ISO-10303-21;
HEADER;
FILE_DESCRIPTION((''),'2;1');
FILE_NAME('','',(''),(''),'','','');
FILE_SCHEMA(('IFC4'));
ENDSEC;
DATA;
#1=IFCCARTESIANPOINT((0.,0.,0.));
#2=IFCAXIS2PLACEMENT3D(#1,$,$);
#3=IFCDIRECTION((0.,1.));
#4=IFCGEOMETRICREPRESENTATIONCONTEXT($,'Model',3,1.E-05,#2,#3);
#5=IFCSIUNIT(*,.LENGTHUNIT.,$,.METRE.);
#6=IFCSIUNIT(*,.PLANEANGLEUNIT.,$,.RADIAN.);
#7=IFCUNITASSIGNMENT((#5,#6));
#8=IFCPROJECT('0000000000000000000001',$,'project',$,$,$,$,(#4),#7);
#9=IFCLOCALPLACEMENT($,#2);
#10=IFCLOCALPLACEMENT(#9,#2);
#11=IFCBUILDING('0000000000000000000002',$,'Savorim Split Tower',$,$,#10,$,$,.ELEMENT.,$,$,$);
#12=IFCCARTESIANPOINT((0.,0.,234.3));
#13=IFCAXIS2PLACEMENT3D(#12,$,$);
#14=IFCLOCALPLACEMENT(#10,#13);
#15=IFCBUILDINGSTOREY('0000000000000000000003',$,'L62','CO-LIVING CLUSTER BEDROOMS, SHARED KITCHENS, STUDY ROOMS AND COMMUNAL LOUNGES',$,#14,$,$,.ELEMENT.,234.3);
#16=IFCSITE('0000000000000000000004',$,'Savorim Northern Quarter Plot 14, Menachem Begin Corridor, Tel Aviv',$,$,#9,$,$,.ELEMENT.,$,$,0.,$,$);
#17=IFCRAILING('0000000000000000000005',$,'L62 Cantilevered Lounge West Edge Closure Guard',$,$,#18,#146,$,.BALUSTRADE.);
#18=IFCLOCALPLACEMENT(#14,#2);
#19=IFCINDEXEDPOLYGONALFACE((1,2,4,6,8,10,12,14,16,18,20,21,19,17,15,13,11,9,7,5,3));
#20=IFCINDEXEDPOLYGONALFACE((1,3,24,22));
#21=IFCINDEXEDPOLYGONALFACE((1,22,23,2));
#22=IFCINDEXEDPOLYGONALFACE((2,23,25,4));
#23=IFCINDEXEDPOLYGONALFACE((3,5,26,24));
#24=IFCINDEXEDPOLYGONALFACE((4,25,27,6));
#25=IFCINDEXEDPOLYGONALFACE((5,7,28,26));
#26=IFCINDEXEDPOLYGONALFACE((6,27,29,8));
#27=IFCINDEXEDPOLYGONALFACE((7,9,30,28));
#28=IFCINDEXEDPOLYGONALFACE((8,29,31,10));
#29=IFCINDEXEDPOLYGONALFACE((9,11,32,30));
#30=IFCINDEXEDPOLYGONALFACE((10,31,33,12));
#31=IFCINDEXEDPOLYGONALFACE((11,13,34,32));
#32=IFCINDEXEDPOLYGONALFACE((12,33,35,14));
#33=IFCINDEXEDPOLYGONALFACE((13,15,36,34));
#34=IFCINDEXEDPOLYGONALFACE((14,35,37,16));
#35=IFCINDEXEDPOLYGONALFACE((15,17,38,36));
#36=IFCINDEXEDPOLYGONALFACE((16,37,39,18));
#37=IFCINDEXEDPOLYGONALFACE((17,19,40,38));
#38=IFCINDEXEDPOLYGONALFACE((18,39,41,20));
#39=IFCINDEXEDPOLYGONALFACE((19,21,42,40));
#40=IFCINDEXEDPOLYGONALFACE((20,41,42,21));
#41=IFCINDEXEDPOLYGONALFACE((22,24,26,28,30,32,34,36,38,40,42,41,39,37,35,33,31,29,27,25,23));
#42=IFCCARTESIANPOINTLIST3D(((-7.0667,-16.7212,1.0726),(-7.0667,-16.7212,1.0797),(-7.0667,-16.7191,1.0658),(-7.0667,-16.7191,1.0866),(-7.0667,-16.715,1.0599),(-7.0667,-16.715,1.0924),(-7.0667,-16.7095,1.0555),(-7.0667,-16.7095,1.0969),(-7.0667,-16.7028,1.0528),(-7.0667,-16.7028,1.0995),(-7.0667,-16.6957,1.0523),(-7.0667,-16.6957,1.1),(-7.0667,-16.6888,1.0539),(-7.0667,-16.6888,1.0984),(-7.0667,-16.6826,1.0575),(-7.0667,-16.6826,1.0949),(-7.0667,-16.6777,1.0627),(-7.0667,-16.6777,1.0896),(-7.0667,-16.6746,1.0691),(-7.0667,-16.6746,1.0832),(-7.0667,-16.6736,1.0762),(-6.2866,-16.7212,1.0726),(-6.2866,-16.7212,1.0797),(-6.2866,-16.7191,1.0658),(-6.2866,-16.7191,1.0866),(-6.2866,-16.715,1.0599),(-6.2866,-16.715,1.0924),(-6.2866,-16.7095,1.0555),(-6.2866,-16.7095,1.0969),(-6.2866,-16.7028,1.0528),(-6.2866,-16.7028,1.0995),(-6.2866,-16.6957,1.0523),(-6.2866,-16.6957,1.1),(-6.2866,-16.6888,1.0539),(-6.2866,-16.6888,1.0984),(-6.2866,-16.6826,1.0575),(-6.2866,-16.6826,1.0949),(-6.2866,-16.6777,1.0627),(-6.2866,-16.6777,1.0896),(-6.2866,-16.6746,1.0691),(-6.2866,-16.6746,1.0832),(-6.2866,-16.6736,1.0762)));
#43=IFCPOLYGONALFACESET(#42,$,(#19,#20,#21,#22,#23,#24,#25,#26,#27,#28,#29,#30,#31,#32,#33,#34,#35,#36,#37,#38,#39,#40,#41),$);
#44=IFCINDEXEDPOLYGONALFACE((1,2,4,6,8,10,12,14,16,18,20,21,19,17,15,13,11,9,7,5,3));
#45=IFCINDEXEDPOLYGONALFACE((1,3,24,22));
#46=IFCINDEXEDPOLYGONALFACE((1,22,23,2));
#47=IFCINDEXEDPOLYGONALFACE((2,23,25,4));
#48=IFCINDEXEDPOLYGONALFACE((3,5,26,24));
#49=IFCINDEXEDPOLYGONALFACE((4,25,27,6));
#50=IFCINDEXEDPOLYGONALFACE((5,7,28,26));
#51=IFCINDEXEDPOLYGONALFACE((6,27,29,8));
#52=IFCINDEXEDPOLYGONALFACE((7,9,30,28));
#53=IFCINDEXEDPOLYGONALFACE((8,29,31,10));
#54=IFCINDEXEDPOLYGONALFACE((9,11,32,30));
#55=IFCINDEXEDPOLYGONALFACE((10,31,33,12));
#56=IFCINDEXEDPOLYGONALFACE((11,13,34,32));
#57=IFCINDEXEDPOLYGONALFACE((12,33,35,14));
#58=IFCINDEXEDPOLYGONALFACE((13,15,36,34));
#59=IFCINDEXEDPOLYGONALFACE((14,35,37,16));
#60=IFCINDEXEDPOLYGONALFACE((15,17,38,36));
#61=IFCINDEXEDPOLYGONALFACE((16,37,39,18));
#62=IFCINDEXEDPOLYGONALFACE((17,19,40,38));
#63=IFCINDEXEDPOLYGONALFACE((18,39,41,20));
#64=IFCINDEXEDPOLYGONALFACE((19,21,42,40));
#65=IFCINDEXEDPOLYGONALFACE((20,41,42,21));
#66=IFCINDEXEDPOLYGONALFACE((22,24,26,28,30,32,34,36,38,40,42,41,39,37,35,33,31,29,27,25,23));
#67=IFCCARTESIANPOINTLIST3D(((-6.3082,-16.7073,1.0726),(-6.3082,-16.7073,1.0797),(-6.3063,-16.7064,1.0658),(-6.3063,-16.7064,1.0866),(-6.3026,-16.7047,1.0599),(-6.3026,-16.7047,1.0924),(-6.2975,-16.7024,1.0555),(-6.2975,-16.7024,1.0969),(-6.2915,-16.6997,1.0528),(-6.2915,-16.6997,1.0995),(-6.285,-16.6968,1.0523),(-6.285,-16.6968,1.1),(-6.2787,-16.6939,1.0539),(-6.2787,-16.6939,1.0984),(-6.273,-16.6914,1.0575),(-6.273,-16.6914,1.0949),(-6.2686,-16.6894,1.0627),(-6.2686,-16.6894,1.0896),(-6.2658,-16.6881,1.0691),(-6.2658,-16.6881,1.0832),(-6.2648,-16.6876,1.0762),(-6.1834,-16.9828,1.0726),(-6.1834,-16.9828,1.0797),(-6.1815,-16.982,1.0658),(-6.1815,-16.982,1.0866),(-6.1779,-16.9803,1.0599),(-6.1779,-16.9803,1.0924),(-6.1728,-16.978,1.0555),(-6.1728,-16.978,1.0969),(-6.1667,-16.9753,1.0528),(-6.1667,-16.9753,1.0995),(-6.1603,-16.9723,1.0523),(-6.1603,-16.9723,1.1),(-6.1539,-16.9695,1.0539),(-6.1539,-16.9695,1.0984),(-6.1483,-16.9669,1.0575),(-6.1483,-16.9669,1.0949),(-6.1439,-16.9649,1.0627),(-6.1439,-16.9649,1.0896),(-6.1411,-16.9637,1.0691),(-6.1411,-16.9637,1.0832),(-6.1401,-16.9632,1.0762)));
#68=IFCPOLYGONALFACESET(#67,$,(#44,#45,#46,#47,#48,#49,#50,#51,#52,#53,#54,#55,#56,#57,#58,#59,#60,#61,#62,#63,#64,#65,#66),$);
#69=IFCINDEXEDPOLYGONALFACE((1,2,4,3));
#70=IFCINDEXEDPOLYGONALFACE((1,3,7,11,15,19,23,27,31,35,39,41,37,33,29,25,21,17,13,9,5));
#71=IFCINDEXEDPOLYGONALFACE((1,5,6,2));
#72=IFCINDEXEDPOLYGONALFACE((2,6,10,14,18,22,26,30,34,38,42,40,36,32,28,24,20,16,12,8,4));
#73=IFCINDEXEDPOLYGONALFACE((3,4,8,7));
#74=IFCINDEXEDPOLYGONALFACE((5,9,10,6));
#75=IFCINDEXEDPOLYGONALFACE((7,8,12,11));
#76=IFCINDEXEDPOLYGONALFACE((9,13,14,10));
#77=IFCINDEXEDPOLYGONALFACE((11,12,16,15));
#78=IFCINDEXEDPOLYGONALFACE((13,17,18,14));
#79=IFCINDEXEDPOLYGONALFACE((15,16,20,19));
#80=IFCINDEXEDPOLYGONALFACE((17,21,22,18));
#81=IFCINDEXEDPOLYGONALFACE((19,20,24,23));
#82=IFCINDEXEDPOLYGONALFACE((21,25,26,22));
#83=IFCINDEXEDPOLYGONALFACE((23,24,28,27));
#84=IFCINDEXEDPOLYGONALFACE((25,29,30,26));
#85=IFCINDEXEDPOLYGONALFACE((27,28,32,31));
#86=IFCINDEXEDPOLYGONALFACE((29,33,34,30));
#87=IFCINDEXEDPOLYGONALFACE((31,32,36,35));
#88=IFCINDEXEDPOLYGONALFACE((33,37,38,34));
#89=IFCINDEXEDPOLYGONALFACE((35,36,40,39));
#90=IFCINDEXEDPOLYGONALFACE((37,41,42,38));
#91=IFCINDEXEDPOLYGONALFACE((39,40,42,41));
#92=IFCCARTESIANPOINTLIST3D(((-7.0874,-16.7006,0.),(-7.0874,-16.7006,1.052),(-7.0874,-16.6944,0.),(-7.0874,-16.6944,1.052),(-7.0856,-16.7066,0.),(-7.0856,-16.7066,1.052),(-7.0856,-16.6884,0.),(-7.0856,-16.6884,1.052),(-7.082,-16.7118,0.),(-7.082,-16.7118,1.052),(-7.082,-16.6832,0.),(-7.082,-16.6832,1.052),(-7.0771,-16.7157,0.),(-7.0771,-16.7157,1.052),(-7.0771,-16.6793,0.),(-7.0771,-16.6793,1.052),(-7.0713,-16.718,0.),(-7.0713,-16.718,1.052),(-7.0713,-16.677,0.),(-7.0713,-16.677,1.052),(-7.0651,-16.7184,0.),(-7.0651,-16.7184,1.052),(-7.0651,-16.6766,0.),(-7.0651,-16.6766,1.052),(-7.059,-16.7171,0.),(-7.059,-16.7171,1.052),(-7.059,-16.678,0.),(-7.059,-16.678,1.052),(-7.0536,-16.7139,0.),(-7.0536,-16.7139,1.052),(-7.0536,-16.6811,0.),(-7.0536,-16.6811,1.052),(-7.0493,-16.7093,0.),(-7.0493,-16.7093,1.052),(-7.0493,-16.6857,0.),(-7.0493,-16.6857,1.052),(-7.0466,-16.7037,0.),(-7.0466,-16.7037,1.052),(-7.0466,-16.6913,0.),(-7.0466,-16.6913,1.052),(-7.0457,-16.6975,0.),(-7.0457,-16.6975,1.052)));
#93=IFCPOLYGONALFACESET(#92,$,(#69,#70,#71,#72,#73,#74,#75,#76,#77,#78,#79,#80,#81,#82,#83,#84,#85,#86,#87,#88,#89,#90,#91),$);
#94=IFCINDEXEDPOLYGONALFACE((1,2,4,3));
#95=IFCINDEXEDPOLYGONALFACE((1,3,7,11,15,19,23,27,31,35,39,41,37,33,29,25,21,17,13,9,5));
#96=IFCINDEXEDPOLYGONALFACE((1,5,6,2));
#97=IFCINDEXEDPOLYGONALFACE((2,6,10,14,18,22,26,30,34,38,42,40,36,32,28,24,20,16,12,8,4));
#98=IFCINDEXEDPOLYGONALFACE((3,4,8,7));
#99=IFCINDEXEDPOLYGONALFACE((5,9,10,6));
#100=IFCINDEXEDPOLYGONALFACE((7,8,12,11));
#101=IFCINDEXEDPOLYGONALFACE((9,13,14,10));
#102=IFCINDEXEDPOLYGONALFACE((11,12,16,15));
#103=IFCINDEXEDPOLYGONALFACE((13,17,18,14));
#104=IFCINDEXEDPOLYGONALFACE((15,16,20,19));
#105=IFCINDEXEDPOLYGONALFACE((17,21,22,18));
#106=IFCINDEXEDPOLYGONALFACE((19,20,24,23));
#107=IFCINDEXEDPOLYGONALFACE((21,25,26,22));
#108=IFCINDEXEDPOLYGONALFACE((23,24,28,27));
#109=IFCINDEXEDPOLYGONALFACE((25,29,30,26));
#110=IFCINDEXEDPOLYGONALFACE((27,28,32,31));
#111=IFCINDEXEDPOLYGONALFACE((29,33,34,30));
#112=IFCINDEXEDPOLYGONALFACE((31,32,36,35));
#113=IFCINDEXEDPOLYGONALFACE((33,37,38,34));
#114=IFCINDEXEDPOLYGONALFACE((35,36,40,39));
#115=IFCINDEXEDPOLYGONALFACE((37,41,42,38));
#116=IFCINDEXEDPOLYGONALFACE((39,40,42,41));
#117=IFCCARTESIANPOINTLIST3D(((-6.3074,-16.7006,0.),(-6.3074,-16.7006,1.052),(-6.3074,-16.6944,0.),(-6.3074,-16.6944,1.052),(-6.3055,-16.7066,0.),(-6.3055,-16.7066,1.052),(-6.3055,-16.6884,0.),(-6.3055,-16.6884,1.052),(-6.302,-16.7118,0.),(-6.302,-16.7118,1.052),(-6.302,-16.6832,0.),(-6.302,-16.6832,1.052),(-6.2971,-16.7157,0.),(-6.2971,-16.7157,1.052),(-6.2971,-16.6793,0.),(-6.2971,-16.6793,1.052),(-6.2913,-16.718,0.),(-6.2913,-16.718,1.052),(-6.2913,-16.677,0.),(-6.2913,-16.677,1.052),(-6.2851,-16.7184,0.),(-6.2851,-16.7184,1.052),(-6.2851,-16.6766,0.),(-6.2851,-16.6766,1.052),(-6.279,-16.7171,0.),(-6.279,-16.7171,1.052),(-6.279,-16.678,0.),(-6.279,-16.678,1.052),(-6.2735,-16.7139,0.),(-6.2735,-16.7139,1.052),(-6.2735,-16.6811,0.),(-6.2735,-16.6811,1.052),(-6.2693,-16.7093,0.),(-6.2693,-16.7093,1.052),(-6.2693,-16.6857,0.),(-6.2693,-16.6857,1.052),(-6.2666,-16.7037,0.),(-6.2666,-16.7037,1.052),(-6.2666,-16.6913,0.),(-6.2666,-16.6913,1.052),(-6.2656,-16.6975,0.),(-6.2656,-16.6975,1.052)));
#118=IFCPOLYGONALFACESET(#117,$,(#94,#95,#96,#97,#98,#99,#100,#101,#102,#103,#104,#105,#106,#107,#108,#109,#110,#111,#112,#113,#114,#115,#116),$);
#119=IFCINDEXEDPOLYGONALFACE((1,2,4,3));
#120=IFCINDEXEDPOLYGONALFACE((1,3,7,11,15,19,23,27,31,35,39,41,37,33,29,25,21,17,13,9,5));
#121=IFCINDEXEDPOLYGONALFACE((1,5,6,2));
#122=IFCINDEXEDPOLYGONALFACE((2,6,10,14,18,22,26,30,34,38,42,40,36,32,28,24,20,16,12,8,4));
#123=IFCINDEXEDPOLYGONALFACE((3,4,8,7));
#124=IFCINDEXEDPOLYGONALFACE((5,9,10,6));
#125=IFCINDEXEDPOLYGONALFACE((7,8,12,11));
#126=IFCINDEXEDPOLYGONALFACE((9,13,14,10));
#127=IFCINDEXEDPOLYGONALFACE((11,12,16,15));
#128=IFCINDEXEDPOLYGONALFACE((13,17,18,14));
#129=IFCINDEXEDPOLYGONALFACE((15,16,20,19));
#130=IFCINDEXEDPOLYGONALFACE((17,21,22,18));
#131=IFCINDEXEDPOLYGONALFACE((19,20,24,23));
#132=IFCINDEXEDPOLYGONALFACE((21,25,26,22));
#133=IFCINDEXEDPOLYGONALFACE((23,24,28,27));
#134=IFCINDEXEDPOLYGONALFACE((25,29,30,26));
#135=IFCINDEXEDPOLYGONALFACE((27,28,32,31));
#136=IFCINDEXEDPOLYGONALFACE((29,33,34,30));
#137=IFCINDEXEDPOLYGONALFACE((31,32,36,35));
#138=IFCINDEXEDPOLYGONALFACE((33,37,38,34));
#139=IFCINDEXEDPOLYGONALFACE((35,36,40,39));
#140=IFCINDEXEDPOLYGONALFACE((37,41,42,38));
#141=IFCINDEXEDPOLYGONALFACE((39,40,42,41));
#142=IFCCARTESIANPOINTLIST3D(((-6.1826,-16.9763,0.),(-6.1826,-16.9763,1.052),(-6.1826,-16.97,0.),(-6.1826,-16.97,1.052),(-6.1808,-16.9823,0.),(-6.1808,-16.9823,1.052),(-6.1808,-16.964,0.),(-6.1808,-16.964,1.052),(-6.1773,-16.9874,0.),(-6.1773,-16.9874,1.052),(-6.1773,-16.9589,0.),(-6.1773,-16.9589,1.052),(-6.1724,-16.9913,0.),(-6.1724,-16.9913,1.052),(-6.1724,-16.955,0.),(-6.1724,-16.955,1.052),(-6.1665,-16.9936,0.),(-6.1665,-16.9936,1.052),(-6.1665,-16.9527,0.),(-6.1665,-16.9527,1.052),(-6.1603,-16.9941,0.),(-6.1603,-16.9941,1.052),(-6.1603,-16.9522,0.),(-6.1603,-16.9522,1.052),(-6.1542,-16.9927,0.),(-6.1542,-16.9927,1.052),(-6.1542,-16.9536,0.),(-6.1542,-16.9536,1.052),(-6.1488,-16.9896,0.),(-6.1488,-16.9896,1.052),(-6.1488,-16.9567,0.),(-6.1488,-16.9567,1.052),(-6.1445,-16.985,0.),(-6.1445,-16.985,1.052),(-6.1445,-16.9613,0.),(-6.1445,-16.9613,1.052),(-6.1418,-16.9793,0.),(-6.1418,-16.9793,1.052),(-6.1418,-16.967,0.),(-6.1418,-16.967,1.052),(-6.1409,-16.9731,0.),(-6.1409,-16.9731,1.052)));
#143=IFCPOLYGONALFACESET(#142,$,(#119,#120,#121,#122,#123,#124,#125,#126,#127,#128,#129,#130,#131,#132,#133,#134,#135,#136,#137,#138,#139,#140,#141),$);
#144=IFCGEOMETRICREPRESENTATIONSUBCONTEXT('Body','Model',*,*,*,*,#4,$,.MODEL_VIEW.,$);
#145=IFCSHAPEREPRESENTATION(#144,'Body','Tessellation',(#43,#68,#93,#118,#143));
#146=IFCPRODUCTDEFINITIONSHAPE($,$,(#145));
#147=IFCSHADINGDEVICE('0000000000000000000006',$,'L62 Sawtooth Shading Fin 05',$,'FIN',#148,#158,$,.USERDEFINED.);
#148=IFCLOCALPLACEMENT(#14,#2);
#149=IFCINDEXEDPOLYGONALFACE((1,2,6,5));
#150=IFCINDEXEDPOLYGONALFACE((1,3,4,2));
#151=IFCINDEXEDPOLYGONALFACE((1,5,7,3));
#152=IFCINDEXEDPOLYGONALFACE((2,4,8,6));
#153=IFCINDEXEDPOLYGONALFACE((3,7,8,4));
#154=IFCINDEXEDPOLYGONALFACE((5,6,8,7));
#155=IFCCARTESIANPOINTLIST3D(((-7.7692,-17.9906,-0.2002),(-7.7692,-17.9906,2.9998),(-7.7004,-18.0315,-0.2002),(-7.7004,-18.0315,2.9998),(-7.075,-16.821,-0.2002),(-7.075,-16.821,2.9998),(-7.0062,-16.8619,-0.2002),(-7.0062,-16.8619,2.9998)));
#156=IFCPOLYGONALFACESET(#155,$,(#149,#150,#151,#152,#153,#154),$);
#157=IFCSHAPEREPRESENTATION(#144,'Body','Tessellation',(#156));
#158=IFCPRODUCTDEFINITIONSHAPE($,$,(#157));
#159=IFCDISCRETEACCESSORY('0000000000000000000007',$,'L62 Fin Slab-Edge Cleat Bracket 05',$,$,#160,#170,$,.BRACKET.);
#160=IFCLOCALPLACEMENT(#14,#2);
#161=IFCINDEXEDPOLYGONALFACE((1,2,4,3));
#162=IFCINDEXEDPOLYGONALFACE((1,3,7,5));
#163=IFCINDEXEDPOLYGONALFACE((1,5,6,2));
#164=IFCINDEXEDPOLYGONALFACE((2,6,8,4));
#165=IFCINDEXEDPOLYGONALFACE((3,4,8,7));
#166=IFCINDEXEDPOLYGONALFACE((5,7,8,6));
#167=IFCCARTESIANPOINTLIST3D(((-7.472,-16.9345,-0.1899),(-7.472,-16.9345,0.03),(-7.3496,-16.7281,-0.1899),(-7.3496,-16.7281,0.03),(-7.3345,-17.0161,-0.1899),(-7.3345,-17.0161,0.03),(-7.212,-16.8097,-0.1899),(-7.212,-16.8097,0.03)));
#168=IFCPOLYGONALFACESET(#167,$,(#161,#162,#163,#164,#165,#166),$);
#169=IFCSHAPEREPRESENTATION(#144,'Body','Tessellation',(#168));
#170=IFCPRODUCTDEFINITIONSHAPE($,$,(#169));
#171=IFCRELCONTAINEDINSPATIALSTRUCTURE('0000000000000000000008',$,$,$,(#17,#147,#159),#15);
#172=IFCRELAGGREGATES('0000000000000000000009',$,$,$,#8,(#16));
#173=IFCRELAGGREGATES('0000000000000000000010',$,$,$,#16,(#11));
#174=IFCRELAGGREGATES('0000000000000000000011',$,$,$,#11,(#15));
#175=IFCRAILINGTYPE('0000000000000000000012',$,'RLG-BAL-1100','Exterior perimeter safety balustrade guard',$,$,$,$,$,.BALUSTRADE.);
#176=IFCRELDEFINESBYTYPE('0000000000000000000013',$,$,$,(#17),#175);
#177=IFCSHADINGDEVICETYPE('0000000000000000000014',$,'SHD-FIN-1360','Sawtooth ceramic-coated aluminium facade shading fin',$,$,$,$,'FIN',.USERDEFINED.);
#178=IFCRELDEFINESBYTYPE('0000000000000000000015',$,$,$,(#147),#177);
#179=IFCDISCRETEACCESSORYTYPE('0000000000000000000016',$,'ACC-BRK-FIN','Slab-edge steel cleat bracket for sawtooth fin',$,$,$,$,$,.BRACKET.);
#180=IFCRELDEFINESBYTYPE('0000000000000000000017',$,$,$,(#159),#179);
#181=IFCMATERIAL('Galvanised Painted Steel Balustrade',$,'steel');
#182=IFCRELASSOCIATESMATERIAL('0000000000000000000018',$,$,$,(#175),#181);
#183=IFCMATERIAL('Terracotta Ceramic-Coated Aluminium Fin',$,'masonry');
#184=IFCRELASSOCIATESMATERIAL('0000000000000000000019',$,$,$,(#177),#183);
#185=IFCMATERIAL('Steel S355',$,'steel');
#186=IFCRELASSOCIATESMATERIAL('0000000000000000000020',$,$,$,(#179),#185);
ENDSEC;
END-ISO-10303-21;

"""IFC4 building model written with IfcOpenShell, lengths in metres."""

from ifc_helpers import new_model, si_unit, direction, frame, origin, origin_2d, place, context, subcontext, project, spatial, rectangle, circle, extrude, material, type_object, element, save


model = new_model("IFC4")

# Units and contexts
model_context = context("Model", 3, precision=1e-05, world=origin(), true_north=direction((0.0, 1.0)))
body_context = subcontext(model_context, "Body", "Model", "MODEL_VIEW")
ifc_project = project(units=[si_unit("LENGTHUNIT", "METRE"), si_unit("PLANEANGLEUNIT", "RADIAN")], contexts=[model_context])

# Site, building, storey
site_placement = place(None, origin())
site = spatial("IfcSite", under=ifc_project, at=site_placement, Name="Savorim Northern Quarter Plot 14, Menachem Begin Corridor, Tel Aviv", CompositionType="ELEMENT", RefElevation=0.0)
building_placement = place(site_placement, origin())
building = spatial("IfcBuilding", under=site, at=building_placement, Name="Savorim Split Tower", CompositionType="ELEMENT")
storey_placement = place(building_placement, frame((0.0, 0.0, 234.3)))
storey = spatial("IfcBuildingStorey", under=building, at=storey_placement, Name="L62", Description="CO-LIVING CLUSTER BEDROOMS, SHARED KITCHENS, STUDY ROOMS AND COMMUNAL LOUNGES", CompositionType="ELEMENT", Elevation=234.3)

# Shared definitions
ifc_material_1 = material(Name="Steel S355", Category="steel")

# Railing
ifc_material_2 = material(Name="Galvanised Painted Steel Balustrade", Category="steel")
railing_type = type_object("IfcRailingType", Name="RLG-BAL-1100", Description="Exterior perimeter safety balustrade guard", PredefinedType="BALUSTRADE", material=ifc_material_2)
railing_placement = place(storey_placement, frame((-7.0667, -16.6975, 0.0)))
element("IfcRailing", 1, at=railing_placement, inside=storey, type_object=railing_type, Name="L62 Cantilevered Lounge West Edge Closure Guard", PredefinedType="BALUSTRADE", context=body_context, shape_type="SweptSolid", body=[
    extrude(circle(Radius=0.0239, at=origin_2d()), frame((0.0, 0.0, 1.0762), z_axis=(1.0, 0.0, 0.0), x_axis=(0.0, 1.0, 0.0)), (0.0, 0.0, 1.0), 0.78),
    extrude(circle(Radius=0.0239, at=origin_2d()), frame((0.78, 0.0, 1.0762), z_axis=(0.412343, -0.911029, 0.0), x_axis=(0.911029, 0.412343, 0.0)), (0.0, 0.0, 1.0), 0.3025),
    extrude(circle(Radius=0.021, at=origin_2d()), origin(), (0.0, 0.0, 1.0), 1.052),
    extrude(circle(Radius=0.021, at=origin_2d()), frame((0.78, 0.0, 0.0)), (0.0, 0.0, 1.0), 1.052),
    extrude(circle(Radius=0.021, at=origin_2d()), frame((0.9048, -0.2756, 0.0)), (0.0, 0.0, 1.0), 1.052),
])

# Shading device
ifc_material_3 = material(Name="Terracotta Ceramic-Coated Aluminium Fin", Category="masonry")
shading_device_type = type_object("IfcShadingDeviceType", Name="SHD-FIN-1360", Description="Sawtooth ceramic-coated aluminium facade shading fin", ElementType="FIN", PredefinedType="USERDEFINED", material=ifc_material_3)
shading_device_placement = place(storey_placement, frame((-7.3877, -17.4263, -0.2002), z_axis=(0.0, 0.0, 1.0), x_axis=(-0.510391, -0.859942, 0.0)))
element("IfcShadingDevice", 2, at=shading_device_placement, inside=storey, type_object=shading_device_type, Name="L62 Sawtooth Shading Fin 05", ObjectType="FIN", PredefinedType="USERDEFINED", context=body_context, shape_type="SweptSolid", body=[
    extrude(rectangle(XDim=1.3601, YDim=0.0801, at=origin_2d()), origin(), (0.0, 0.0, 1.0), 3.2),
])

# Discrete accessory
discrete_accessory_type = type_object("IfcDiscreteAccessoryType", Name="ACC-BRK-FIN", Description="Slab-edge steel cleat bracket for sawtooth fin", PredefinedType="BRACKET", material=ifc_material_1)
discrete_accessory_placement = place(storey_placement, frame((-7.342, -16.8721, -0.1899), z_axis=(0.0, 0.0, 1.0), x_axis=(-0.510391, -0.859942, 0.0)))
element("IfcDiscreteAccessory", 3, at=discrete_accessory_placement, inside=storey, type_object=discrete_accessory_type, Name="L62 Fin Slab-Edge Cleat Bracket 05", PredefinedType="BRACKET", context=body_context, shape_type="SweptSolid", body=[
    extrude(rectangle(XDim=0.24, YDim=0.1599, at=origin_2d()), origin(), (0.0, 0.0, 1.0), 0.22),
])

save(model, "model.ifc")
